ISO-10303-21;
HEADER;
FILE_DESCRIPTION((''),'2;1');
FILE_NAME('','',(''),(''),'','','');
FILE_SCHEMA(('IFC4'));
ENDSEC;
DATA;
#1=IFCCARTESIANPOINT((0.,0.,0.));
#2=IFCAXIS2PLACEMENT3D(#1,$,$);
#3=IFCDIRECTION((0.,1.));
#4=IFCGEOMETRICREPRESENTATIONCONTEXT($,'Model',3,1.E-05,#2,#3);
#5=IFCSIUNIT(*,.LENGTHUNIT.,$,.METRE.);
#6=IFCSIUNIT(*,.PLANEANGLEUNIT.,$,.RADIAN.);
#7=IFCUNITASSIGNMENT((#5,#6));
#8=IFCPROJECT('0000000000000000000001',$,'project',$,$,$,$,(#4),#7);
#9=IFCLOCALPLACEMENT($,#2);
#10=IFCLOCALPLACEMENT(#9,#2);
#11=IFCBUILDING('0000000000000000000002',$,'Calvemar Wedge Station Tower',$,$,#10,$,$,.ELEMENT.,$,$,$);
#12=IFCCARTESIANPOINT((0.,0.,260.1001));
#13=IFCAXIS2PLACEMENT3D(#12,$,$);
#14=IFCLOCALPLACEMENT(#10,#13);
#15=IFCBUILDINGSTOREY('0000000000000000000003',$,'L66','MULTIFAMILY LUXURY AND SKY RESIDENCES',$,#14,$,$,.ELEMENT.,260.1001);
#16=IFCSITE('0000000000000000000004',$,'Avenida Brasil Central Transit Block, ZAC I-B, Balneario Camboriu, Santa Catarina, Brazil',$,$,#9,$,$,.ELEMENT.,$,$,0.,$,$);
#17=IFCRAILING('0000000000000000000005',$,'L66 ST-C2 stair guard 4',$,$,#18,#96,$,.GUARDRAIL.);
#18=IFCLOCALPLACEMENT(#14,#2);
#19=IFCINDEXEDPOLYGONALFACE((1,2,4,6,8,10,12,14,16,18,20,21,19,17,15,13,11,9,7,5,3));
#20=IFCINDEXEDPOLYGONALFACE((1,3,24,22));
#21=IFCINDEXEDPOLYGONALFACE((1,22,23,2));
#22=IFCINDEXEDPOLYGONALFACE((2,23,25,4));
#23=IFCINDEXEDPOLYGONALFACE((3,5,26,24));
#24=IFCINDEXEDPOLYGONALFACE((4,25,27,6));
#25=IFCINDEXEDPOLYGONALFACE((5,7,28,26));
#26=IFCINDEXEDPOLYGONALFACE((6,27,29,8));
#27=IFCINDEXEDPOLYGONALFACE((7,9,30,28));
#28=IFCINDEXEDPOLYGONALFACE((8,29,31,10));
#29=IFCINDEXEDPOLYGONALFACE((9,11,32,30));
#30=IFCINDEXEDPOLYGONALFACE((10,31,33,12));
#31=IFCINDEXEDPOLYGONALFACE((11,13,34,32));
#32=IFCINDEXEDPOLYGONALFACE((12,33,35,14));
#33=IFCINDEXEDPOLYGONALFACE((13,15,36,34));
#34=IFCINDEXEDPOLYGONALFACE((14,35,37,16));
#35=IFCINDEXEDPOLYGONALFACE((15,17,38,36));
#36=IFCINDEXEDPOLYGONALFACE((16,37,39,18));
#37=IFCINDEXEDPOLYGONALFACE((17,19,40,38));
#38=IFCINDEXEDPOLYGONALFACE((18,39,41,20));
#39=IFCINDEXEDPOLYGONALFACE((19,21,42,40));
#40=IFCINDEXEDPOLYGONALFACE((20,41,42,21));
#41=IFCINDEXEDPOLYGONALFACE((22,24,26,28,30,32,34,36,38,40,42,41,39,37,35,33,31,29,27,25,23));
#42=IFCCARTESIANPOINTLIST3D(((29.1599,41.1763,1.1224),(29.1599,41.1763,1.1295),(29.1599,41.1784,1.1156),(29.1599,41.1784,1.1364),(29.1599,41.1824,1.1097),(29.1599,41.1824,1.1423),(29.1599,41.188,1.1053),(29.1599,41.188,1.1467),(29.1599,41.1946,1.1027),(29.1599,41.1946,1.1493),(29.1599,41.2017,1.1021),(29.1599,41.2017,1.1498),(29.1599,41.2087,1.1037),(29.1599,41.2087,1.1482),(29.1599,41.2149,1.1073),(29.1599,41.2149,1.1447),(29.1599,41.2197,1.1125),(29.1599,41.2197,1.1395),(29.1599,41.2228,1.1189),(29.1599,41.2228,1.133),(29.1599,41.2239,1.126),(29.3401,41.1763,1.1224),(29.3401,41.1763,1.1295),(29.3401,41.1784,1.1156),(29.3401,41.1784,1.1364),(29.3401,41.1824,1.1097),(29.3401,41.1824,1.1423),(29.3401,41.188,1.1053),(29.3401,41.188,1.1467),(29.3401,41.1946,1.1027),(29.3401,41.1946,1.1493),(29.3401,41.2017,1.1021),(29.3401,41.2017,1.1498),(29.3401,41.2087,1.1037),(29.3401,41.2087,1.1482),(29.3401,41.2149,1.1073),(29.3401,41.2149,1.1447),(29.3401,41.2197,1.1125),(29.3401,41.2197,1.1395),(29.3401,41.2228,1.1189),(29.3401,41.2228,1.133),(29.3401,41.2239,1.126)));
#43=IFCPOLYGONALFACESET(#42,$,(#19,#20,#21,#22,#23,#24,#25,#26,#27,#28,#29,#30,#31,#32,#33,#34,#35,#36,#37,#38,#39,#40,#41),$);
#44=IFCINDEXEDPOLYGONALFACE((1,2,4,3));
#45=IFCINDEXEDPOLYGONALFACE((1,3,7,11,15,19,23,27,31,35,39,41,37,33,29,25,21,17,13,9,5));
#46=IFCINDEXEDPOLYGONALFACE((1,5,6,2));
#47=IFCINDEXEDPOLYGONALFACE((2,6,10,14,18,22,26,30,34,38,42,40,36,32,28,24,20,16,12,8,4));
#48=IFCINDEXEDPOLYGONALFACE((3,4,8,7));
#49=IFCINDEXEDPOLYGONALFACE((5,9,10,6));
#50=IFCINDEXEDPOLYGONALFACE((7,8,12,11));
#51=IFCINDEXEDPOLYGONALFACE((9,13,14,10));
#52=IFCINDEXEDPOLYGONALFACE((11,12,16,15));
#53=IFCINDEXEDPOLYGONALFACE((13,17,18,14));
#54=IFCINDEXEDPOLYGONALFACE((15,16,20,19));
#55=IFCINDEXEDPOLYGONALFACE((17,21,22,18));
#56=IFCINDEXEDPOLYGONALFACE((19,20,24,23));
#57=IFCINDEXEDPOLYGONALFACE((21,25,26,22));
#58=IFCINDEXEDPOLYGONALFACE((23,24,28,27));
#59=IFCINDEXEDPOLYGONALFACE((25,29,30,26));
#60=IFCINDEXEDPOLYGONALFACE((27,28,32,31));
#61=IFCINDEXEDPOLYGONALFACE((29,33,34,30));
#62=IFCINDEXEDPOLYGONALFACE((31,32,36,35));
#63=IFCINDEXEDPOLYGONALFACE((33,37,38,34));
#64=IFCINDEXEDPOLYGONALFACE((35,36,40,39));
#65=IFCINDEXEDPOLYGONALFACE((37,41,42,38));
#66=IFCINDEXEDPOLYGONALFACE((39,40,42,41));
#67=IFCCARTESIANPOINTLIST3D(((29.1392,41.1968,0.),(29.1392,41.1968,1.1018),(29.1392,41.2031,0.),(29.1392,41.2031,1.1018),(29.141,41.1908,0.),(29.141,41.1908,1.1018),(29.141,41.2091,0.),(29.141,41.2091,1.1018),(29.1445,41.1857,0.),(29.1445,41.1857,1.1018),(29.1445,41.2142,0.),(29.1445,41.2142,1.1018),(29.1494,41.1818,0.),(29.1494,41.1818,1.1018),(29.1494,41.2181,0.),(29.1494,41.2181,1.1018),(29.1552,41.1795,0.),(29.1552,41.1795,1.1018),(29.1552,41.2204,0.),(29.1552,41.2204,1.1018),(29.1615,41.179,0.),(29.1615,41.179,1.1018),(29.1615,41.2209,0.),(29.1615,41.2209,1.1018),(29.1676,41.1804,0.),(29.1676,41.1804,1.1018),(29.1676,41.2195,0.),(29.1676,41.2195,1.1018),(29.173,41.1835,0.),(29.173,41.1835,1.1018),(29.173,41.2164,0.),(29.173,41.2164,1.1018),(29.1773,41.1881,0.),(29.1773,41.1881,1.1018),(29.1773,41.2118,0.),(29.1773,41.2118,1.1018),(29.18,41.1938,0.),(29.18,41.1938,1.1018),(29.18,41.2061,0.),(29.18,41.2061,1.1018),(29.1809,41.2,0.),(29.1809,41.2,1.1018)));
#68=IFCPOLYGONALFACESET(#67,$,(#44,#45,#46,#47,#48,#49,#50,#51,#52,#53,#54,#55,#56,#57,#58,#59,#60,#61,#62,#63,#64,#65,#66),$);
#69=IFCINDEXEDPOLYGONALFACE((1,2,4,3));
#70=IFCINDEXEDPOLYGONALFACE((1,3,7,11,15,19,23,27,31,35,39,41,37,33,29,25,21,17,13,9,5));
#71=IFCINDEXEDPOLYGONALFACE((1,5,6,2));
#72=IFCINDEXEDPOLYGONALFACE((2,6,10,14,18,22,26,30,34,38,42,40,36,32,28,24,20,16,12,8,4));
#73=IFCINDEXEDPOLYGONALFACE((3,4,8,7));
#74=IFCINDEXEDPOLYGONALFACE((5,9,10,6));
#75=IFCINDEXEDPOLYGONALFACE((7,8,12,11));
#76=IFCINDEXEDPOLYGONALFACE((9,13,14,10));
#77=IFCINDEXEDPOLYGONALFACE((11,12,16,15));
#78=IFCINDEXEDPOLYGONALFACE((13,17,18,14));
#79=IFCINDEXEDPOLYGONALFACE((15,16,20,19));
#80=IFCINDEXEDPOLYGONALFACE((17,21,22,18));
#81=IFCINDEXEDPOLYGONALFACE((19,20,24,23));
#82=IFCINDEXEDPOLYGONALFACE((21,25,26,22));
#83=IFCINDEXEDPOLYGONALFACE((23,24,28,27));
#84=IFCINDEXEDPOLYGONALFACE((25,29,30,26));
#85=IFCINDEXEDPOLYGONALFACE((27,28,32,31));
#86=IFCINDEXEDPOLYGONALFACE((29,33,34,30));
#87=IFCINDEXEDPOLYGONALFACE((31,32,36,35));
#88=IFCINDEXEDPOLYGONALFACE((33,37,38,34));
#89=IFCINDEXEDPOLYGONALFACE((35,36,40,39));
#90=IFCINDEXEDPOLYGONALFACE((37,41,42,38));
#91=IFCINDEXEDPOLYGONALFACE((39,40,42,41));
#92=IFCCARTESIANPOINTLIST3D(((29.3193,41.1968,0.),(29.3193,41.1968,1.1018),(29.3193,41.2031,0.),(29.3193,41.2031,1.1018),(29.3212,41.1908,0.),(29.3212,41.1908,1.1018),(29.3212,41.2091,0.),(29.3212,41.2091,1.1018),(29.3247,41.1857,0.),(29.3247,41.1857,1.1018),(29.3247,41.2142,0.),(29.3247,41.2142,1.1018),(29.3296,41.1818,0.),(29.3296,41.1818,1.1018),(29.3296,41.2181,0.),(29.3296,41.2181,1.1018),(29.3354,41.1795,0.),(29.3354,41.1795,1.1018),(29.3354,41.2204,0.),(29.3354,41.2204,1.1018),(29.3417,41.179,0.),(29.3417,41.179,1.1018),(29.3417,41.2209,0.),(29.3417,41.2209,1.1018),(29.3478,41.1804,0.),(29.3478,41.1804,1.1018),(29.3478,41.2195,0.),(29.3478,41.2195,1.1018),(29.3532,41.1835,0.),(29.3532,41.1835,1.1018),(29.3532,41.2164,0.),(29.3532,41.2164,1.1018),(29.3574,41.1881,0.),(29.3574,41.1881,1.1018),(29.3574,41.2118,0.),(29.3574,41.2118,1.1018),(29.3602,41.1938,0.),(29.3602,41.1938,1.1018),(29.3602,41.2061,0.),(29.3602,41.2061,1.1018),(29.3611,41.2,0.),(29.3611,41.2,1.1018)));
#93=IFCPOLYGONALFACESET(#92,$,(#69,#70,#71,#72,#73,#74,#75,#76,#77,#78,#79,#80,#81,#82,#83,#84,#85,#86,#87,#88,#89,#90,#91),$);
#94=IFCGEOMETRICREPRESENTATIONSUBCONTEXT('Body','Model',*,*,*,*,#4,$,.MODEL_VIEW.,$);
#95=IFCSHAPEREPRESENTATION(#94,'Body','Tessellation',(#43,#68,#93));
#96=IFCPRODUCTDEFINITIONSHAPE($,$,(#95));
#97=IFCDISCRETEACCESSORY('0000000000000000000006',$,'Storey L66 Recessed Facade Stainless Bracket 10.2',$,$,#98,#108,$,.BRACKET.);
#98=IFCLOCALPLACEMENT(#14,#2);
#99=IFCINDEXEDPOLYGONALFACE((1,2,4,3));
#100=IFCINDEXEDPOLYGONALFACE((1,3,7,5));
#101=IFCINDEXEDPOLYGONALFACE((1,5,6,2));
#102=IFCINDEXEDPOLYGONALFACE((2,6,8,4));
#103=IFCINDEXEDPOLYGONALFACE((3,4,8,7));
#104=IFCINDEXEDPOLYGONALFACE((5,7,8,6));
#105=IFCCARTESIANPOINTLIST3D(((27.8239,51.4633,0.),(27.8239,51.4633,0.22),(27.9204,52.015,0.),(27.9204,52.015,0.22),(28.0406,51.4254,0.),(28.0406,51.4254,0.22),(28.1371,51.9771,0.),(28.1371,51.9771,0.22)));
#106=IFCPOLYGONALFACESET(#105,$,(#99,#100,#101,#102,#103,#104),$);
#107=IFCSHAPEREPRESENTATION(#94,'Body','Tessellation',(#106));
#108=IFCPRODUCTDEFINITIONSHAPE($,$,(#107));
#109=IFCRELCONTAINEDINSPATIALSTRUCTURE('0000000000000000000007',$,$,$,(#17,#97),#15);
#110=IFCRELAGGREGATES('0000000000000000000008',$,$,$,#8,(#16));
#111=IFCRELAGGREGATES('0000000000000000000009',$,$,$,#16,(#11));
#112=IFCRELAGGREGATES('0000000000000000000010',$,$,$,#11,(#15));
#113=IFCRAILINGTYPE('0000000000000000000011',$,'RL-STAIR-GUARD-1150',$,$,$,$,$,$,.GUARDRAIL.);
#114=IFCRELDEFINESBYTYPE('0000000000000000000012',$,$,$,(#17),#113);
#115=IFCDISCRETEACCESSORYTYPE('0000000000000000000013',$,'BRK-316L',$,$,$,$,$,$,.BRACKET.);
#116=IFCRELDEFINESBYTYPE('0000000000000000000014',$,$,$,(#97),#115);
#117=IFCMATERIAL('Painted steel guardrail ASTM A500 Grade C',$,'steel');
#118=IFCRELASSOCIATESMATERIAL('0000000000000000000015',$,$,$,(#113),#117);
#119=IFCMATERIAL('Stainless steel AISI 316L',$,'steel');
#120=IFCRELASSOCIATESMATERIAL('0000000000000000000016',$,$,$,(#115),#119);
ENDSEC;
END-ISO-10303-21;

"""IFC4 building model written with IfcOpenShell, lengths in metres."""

from ifc_helpers import new_model, si_unit, direction, frame, origin, origin_2d, place, context, subcontext, project, spatial, rectangle, circle, extrude, source, transform, mapped, material, type_object, element, save


model = new_model("IFC4")

# Units and contexts
model_context = context("Model", 3, precision=1e-05, world=origin(), true_north=direction((0.0, 1.0)))
body_context = subcontext(model_context, "Body", "Model", "MODEL_VIEW")
ifc_project = project(units=[si_unit("LENGTHUNIT", "METRE"), si_unit("PLANEANGLEUNIT", "RADIAN")], contexts=[model_context])

# Site, building, storey
site_placement = place(None, origin())
site = spatial("IfcSite", under=ifc_project, at=site_placement, Name="Avenida Brasil Central Transit Block, ZAC I-B, Balneario Camboriu, Santa Catarina, Brazil", CompositionType="ELEMENT", RefElevation=0.0)
building_placement = place(site_placement, origin())
building = spatial("IfcBuilding", under=site, at=building_placement, Name="Calvemar Wedge Station Tower", CompositionType="ELEMENT")
storey_placement = place(building_placement, frame((0.0, 0.0, 260.1001)))
storey = spatial("IfcBuildingStorey", under=building, at=storey_placement, Name="L66", Description="MULTIFAMILY LUXURY AND SKY RESIDENCES", CompositionType="ELEMENT", Elevation=260.1001)

# Railing
ifc_material_1 = material(Name="Stainless steel AISI 316L", Category="steel")
ifc_material_2 = material(Name="Painted steel guardrail ASTM A500 Grade C", Category="steel")
railing_type_1 = type_object("IfcRailingType", Name="RL-STAIR-GUARD-1150", PredefinedType="GUARDRAIL", material=ifc_material_2)
railing_1_placement = place(storey_placement, frame((29.1599, 41.2, 0.0)))
element("IfcRailing", 1, at=railing_1_placement, inside=storey, type_object=railing_type_1, Name="L66 ST-C2 stair guard 4", PredefinedType="GUARDRAIL", context=body_context, shape_type="SweptSolid", body=[
    extrude(circle(Radius=0.0239, at=origin_2d()), frame((0.0, 0.0, 1.126), z_axis=(1.0, 0.0, 0.0), x_axis=(0.0, 1.0, 0.0)), (0.0, 0.0, 1.0), 0.1802),
    extrude(circle(Radius=0.021, at=origin_2d()), origin(), (0.0, 0.0, 1.0), 1.1018),
    extrude(circle(Radius=0.021, at=origin_2d()), frame((0.1802, 0.0, 0.0)), (0.0, 0.0, 1.0), 1.1018),
])

# Discrete accessory
discrete_accessory_type = type_object("IfcDiscreteAccessoryType", Name="BRK-316L", PredefinedType="BRACKET", material=ifc_material_1)
shared_shape_1 = source(origin(), body_context, "Body", "SweptSolid", [
    extrude(rectangle(XDim=0.22, YDim=0.5601, at=origin_2d()), origin(), (0.0, 0.0, 1.0), 0.22),
])
discrete_accessory_placement = place(storey_placement, frame((27.9805, 51.7202, 0.0), z_axis=(0.0, 0.0, 1.0), x_axis=(-0.985049, 0.172273, 0.0)))
element("IfcDiscreteAccessory", 2, at=discrete_accessory_placement, inside=storey, type_object=discrete_accessory_type, Name="Storey L66 Recessed Facade Stainless Bracket 10.2", PredefinedType="BRACKET", context=body_context, shape_type="MappedRepresentation", body=[
    mapped(shared_shape_1, transform((0.0, 0.0, 0.0), scale=1.0)),
])

save(model, "model.ifc")
